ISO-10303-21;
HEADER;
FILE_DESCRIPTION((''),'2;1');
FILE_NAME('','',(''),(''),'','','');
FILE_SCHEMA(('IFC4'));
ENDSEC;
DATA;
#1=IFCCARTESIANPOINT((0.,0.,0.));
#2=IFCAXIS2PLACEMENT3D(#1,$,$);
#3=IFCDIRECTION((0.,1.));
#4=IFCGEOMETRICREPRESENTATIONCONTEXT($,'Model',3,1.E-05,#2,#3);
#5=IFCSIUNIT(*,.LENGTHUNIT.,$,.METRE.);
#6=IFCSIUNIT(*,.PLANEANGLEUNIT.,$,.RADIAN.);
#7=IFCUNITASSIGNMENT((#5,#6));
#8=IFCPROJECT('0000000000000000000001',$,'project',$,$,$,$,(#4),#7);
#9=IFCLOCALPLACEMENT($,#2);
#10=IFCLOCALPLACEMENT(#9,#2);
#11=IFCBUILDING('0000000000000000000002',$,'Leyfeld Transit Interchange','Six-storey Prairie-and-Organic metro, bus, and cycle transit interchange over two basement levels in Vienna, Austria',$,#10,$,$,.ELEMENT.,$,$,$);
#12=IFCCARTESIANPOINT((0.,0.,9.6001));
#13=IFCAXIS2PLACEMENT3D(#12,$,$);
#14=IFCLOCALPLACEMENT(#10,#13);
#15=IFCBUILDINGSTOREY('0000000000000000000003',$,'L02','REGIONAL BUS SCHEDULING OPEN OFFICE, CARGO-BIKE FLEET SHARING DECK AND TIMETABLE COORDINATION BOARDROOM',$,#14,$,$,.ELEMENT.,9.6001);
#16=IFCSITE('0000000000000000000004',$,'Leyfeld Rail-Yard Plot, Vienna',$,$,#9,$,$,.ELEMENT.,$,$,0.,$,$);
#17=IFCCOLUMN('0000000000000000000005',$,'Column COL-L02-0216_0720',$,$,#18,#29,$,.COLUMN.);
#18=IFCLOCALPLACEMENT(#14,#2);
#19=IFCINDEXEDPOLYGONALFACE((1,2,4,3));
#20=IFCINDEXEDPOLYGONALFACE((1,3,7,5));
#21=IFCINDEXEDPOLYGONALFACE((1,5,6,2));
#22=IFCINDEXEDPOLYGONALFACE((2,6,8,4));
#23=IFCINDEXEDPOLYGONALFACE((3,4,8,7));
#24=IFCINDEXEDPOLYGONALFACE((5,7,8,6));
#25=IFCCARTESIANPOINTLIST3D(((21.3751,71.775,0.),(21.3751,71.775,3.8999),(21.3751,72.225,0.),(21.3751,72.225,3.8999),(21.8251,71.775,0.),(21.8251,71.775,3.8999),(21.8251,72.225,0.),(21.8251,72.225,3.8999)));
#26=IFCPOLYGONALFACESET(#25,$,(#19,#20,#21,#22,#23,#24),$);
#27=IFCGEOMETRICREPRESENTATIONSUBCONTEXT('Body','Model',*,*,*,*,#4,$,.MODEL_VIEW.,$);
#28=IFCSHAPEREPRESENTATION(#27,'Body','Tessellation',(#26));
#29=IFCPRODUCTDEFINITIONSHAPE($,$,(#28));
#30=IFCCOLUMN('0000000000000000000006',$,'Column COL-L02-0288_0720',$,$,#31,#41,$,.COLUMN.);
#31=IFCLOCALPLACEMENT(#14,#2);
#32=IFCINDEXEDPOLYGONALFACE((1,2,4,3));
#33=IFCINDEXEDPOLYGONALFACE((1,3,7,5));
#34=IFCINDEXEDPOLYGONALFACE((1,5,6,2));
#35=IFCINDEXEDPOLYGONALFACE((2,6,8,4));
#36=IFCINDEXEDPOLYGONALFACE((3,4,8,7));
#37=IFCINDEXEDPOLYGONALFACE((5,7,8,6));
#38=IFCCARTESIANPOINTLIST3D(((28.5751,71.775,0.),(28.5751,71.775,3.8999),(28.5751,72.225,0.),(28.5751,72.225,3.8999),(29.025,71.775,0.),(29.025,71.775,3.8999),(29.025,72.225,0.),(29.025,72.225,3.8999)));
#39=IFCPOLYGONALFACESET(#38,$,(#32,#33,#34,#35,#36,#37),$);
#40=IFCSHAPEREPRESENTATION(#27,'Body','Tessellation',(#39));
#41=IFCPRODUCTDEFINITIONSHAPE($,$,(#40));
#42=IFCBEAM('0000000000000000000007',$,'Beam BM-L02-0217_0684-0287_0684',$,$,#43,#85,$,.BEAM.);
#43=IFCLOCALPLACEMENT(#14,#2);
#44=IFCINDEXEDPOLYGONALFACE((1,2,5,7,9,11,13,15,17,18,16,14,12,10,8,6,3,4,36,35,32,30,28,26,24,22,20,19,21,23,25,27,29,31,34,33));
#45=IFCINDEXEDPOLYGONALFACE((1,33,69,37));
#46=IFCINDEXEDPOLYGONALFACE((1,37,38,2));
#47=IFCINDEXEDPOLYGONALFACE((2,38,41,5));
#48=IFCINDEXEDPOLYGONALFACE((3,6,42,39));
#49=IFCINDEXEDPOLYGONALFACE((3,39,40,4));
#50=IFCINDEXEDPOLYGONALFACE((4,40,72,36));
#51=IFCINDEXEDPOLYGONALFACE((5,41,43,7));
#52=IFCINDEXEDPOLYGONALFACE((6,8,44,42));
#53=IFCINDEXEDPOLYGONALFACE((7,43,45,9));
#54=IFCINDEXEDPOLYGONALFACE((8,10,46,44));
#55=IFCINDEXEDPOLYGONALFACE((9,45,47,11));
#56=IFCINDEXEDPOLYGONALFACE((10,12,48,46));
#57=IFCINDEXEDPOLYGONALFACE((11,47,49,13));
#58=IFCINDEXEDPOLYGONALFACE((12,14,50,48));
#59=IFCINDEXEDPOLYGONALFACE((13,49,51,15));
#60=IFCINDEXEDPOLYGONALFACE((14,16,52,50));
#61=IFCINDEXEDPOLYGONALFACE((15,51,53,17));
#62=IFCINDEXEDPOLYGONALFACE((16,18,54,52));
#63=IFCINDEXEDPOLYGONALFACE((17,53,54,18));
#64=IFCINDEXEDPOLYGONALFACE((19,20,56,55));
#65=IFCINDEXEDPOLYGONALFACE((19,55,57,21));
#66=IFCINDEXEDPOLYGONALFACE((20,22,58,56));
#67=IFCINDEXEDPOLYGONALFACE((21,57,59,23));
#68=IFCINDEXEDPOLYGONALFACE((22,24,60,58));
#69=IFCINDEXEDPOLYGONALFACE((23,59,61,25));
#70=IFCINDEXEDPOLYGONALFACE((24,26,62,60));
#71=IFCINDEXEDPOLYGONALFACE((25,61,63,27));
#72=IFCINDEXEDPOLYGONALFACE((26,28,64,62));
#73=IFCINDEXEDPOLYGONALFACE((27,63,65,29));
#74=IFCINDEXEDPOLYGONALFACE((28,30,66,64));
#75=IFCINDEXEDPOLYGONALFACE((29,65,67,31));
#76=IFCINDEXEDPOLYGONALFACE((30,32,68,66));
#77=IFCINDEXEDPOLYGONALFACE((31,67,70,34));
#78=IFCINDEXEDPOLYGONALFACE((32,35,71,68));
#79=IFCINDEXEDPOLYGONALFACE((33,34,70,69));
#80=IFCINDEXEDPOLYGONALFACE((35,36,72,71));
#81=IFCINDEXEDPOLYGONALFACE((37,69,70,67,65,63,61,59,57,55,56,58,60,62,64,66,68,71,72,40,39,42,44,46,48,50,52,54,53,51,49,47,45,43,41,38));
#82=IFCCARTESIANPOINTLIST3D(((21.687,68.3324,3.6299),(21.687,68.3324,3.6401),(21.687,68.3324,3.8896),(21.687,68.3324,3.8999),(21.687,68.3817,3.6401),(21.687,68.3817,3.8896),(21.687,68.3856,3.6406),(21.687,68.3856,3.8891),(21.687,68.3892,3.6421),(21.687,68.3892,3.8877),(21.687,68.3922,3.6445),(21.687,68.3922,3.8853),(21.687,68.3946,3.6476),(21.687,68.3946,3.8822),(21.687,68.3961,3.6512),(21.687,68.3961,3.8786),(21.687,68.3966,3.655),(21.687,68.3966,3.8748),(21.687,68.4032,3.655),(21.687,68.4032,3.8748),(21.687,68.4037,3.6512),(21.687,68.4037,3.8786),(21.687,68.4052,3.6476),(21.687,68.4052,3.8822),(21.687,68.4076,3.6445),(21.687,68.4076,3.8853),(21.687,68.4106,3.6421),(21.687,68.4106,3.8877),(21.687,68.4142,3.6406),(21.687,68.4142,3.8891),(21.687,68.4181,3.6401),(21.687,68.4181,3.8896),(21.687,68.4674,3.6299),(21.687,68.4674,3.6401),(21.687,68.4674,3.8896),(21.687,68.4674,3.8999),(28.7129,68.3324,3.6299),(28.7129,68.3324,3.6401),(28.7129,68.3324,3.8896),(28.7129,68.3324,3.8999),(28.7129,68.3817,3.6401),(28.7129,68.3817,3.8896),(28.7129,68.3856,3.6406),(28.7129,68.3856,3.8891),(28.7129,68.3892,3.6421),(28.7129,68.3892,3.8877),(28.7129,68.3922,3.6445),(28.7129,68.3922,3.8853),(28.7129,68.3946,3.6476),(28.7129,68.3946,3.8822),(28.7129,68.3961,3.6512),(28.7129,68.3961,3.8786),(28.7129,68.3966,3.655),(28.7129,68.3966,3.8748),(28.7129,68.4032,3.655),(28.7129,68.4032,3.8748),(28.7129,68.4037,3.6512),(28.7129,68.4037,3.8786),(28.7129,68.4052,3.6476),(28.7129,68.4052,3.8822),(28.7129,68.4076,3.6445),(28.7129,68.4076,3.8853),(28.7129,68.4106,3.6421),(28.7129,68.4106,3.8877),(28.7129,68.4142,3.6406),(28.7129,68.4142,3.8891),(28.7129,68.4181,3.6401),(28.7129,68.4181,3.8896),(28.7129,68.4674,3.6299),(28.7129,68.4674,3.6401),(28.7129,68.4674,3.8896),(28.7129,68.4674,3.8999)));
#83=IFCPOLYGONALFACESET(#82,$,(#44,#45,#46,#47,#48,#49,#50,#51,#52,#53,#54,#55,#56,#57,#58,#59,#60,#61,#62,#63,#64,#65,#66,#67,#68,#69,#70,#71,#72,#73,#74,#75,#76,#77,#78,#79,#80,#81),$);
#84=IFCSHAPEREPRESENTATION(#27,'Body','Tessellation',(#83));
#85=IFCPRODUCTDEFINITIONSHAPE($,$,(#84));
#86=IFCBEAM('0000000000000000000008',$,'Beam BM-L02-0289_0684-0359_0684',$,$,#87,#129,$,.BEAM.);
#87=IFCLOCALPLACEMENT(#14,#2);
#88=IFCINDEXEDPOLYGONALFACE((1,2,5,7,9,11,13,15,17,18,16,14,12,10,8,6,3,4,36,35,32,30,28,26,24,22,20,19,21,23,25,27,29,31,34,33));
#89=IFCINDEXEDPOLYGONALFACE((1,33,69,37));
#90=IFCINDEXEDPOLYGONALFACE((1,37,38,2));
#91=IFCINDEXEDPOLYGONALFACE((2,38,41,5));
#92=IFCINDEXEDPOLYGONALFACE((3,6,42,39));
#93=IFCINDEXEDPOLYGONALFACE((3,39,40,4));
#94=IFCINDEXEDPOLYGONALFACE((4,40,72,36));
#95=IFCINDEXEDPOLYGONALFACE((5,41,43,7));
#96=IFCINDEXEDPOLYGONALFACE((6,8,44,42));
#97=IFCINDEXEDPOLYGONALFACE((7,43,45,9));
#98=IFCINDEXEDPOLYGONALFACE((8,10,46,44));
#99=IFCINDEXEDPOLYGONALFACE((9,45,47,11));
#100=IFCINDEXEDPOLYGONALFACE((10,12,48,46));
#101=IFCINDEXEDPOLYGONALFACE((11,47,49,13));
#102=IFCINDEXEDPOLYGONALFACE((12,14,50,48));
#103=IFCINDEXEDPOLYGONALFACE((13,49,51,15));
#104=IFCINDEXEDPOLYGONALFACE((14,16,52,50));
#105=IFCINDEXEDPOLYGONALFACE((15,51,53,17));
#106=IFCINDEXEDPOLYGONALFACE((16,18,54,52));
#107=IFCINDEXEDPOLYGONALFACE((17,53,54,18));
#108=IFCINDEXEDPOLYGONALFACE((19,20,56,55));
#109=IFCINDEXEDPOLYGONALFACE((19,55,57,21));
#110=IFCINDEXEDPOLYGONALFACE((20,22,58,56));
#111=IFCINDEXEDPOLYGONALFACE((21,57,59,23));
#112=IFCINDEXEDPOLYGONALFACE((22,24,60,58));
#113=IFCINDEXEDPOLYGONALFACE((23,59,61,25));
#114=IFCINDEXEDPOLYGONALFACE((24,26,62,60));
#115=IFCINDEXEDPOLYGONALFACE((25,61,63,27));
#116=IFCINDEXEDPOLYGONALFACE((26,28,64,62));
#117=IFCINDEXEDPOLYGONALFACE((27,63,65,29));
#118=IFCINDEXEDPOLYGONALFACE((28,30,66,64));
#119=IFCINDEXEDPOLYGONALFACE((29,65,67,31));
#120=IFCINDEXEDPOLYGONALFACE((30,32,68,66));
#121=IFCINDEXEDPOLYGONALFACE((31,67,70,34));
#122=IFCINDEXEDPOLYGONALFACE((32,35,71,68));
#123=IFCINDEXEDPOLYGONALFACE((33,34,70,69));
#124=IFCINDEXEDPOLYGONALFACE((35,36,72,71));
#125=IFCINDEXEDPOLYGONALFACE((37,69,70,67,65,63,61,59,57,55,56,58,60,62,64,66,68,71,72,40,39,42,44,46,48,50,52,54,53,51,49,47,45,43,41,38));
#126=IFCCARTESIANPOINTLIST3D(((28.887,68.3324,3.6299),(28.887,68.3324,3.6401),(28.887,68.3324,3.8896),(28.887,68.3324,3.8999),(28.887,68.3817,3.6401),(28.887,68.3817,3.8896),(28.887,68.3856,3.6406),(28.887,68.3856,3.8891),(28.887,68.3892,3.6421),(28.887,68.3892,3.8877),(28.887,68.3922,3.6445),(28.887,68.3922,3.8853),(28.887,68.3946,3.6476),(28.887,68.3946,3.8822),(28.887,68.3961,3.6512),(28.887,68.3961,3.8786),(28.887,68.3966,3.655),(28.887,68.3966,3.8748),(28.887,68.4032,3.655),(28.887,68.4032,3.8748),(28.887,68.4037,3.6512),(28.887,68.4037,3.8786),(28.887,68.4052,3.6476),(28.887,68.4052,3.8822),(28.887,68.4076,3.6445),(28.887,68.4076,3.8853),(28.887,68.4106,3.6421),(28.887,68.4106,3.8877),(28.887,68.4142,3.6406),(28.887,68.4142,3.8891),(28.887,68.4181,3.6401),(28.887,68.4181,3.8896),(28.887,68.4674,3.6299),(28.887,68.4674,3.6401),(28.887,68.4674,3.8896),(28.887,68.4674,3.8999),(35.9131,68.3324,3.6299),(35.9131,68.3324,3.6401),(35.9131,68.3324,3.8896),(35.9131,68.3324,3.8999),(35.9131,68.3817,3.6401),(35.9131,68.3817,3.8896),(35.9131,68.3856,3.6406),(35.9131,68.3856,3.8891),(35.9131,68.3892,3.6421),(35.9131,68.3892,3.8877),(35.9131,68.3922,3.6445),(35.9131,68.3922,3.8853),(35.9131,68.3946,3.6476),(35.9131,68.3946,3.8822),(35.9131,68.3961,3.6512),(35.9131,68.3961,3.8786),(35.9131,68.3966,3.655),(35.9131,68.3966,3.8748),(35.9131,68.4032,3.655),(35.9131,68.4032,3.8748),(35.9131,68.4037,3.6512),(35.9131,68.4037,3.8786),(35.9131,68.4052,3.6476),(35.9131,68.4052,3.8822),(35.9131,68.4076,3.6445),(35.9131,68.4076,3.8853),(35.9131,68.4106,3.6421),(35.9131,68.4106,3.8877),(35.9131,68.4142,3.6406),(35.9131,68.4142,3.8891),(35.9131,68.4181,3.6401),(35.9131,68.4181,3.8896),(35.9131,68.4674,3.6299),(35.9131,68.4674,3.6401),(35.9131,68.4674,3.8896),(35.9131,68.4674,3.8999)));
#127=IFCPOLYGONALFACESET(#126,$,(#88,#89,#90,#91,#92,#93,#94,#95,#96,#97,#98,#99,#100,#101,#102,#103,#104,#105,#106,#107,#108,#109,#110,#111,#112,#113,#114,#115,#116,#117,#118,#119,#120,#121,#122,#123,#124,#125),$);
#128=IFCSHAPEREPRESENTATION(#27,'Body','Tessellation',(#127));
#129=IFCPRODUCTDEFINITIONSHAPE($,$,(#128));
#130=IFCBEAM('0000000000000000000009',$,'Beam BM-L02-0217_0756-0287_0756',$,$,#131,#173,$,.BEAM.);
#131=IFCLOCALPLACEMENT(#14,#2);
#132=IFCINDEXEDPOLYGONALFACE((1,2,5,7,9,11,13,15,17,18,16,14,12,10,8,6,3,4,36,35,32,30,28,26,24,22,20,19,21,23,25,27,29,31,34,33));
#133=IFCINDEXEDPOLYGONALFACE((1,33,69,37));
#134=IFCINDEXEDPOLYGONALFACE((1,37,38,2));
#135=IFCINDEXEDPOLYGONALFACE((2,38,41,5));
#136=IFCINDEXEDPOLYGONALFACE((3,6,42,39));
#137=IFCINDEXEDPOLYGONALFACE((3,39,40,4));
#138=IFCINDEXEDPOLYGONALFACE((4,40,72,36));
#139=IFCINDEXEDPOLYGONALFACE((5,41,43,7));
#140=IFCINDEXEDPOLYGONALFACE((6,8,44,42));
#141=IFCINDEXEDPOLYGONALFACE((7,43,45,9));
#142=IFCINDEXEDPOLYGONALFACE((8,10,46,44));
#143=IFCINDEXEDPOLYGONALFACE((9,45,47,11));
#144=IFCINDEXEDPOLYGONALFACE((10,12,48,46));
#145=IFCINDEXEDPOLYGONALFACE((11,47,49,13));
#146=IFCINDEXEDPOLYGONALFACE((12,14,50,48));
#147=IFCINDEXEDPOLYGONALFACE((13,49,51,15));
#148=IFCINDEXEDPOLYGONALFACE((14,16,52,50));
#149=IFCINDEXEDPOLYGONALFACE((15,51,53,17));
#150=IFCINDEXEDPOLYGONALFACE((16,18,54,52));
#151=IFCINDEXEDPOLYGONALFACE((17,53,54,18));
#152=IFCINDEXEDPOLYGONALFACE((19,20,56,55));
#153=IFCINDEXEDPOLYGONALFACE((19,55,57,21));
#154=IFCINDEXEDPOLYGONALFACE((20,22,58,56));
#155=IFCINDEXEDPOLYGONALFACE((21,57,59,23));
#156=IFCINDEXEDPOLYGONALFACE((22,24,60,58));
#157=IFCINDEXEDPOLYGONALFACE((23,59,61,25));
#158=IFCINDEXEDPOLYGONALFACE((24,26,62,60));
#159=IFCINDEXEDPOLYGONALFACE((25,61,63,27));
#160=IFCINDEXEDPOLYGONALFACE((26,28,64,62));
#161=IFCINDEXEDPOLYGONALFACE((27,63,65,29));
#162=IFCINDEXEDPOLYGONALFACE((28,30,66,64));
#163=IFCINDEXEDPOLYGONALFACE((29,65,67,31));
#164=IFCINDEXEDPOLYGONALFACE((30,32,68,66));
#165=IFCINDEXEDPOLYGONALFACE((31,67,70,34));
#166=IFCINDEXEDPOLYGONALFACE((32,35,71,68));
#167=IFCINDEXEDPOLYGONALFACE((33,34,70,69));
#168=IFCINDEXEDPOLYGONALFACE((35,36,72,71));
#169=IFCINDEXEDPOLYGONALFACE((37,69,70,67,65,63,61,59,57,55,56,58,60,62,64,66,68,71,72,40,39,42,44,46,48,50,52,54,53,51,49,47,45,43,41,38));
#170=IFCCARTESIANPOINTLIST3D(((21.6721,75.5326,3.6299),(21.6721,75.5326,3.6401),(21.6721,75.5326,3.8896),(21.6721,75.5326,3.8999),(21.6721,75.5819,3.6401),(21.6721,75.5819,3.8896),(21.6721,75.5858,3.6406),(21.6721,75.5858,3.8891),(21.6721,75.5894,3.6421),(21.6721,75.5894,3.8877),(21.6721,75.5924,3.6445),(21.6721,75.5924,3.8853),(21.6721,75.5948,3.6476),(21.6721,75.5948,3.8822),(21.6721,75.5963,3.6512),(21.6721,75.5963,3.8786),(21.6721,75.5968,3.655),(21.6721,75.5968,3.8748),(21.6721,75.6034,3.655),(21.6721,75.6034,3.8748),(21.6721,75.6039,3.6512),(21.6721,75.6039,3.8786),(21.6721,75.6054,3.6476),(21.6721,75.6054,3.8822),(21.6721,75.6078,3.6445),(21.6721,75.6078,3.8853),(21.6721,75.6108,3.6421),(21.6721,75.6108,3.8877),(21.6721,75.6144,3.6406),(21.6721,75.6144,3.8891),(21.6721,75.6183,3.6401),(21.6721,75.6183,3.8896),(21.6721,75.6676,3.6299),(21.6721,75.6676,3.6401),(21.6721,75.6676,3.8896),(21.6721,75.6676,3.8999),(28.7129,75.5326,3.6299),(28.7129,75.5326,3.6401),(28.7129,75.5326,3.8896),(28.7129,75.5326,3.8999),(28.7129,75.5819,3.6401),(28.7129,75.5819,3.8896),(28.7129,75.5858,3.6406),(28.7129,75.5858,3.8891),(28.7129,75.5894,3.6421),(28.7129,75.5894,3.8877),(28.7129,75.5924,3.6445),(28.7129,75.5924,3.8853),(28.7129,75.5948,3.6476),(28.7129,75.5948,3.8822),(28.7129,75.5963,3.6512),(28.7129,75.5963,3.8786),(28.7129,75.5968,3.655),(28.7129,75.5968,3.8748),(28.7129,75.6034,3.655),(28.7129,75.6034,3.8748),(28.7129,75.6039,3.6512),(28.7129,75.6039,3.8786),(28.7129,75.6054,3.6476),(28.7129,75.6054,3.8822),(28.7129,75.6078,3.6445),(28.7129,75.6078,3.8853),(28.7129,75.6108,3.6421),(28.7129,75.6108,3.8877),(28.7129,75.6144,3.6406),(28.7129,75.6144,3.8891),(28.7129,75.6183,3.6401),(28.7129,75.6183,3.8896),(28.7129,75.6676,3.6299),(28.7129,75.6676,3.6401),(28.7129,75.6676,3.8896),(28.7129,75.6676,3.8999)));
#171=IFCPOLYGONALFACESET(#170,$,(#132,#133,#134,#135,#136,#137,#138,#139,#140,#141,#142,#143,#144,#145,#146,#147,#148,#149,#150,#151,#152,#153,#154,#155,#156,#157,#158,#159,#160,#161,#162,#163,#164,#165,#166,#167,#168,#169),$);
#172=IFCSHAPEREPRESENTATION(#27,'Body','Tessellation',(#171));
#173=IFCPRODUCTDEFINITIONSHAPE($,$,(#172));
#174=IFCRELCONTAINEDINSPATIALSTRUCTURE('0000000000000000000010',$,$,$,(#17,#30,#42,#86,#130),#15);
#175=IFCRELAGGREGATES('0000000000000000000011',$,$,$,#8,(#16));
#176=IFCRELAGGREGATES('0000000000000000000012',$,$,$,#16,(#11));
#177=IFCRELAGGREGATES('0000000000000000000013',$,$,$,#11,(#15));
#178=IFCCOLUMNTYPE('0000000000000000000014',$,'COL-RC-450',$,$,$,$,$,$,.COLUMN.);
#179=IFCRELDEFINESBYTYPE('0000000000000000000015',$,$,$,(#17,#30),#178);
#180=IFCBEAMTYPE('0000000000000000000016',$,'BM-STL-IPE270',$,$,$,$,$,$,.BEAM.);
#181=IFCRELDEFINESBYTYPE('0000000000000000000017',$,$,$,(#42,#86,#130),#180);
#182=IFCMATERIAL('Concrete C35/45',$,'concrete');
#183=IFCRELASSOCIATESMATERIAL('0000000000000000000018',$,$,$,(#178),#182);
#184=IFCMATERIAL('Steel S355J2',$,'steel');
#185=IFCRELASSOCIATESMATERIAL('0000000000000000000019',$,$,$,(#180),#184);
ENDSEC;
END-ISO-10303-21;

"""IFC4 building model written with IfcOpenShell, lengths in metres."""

from ifc_helpers import new_model, si_unit, direction, frame, origin, origin_2d, place, context, subcontext, project, spatial, rectangle, i_section, extrude, material, material_profile, profile_set, type_object, element, save


model = new_model("IFC4")

# Units and contexts
model_context = context("Model", 3, precision=1e-05, world=origin(), true_north=direction((0.0, 1.0)))
body_context = subcontext(model_context, "Body", "Model", "MODEL_VIEW")
ifc_project = project(units=[si_unit("LENGTHUNIT", "METRE"), si_unit("PLANEANGLEUNIT", "RADIAN")], contexts=[model_context])

# Site, building, storey
site_placement = place(None, origin())
site = spatial("IfcSite", under=ifc_project, at=site_placement, Name="Leyfeld Rail-Yard Plot, Vienna", CompositionType="ELEMENT", RefElevation=0.0)
building_placement = place(site_placement, origin())
building = spatial("IfcBuilding", under=site, at=building_placement, Name="Leyfeld Transit Interchange", Description="Six-storey Prairie-and-Organic metro, bus, and cycle transit interchange over two basement levels in Vienna, Austria", CompositionType="ELEMENT")
storey_placement = place(building_placement, frame((0.0, 0.0, 9.6001)))
storey = spatial("IfcBuildingStorey", under=building, at=storey_placement, Name="L02", Description="REGIONAL BUS SCHEDULING OPEN OFFICE, CARGO-BIKE FLEET SHARING DECK AND TIMETABLE COORDINATION BOARDROOM", CompositionType="ELEMENT", Elevation=9.6001)

# Columns
ifc_material_1 = material(Name="Concrete C35/45", Category="concrete")
ifc_material_profile_1 = material_profile(ifc_material_1, rectangle(XDim=0.45, YDim=0.45, at=origin_2d()), Name="RC 450x450")
ifc_profile_set_1 = profile_set([ifc_material_profile_1], Name="Concrete C35/45")
column_type = type_object("IfcColumnType", Name="COL-RC-450", PredefinedType="COLUMN", material=ifc_profile_set_1)
for number, where, z_axis, x_axis, name in (
    (1, (21.6001, 72.0, 0.0), (0.0, 0.0, 1.0), (1.0, 0.0, 0.0), "Column COL-L02-0216_0720"),
    (2, (28.8, 72.0, 0.0), (0.0, 0.0, 1.0), (1.0, 0.0, 0.0), "Column COL-L02-0288_0720"),
):
    element("IfcColumn", number, at=place(storey_placement, frame(where, z_axis=z_axis, x_axis=x_axis)), inside=storey, type_object=column_type, Name=name, PredefinedType="COLUMN", context=body_context, shape_type="SweptSolid", body=[
        extrude(rectangle(XDim=0.45, YDim=0.45, at=origin_2d()), origin(), (0.0, 0.0, 1.0), 3.8999),
    ])

# Beams
ifc_material_2 = material(Name="Steel S355J2", Category="steel")
ifc_material_profile_2 = material_profile(ifc_material_2, i_section(OverallWidth=0.135, OverallDepth=0.27, WebThickness=0.0066, FlangeThickness=0.0103, FilletRadius=0.0149, at=origin_2d()), Name="IPE 270")
ifc_profile_set_2 = profile_set([ifc_material_profile_2], Name="Steel S355J2")
beam_type_1 = type_object("IfcBeamType", Name="BM-STL-IPE270", PredefinedType="BEAM", material=ifc_profile_set_2)
beam_1_placement = place(storey_placement, frame((21.687, 68.3999, 3.7649), z_axis=(1.0, 0.0, 0.0), x_axis=(0.0, 1.0, 0.0)))
element("IfcBeam", 3, at=beam_1_placement, inside=storey, type_object=beam_type_1, Name="Beam BM-L02-0217_0684-0287_0684", PredefinedType="BEAM", context=body_context, shape_type="SweptSolid", body=[
    extrude(i_section(OverallWidth=0.135, OverallDepth=0.27, WebThickness=0.0066, FlangeThickness=0.0103, FilletRadius=0.0149, at=origin_2d()), origin(), (0.0, 0.0, 1.0), 7.0259),
])
beam_2_placement = place(storey_placement, frame((28.887, 68.3999, 3.7649), z_axis=(1.0, 0.0, 0.0), x_axis=(0.0, 1.0, 0.0)))
element("IfcBeam", 4, at=beam_2_placement, inside=storey, type_object=beam_type_1, Name="Beam BM-L02-0289_0684-0359_0684", PredefinedType="BEAM", context=body_context, shape_type="SweptSolid", body=[
    extrude(i_section(OverallWidth=0.135, OverallDepth=0.27, WebThickness=0.0066, FlangeThickness=0.0103, FilletRadius=0.0149, at=origin_2d()), origin(), (0.0, 0.0, 1.0), 7.0261),
])
beam_3_placement = place(storey_placement, frame((21.6721, 75.6001, 3.7649), z_axis=(1.0, 0.0, 0.0), x_axis=(0.0, 1.0, 0.0)))
element("IfcBeam", 5, at=beam_3_placement, inside=storey, type_object=beam_type_1, Name="Beam BM-L02-0217_0756-0287_0756", PredefinedType="BEAM", context=body_context, shape_type="SweptSolid", body=[
    extrude(i_section(OverallWidth=0.135, OverallDepth=0.27, WebThickness=0.0066, FlangeThickness=0.0103, FilletRadius=0.0149, at=origin_2d()), origin(), (0.0, 0.0, 1.0), 7.0408),
])

save(model, "model.ifc")
